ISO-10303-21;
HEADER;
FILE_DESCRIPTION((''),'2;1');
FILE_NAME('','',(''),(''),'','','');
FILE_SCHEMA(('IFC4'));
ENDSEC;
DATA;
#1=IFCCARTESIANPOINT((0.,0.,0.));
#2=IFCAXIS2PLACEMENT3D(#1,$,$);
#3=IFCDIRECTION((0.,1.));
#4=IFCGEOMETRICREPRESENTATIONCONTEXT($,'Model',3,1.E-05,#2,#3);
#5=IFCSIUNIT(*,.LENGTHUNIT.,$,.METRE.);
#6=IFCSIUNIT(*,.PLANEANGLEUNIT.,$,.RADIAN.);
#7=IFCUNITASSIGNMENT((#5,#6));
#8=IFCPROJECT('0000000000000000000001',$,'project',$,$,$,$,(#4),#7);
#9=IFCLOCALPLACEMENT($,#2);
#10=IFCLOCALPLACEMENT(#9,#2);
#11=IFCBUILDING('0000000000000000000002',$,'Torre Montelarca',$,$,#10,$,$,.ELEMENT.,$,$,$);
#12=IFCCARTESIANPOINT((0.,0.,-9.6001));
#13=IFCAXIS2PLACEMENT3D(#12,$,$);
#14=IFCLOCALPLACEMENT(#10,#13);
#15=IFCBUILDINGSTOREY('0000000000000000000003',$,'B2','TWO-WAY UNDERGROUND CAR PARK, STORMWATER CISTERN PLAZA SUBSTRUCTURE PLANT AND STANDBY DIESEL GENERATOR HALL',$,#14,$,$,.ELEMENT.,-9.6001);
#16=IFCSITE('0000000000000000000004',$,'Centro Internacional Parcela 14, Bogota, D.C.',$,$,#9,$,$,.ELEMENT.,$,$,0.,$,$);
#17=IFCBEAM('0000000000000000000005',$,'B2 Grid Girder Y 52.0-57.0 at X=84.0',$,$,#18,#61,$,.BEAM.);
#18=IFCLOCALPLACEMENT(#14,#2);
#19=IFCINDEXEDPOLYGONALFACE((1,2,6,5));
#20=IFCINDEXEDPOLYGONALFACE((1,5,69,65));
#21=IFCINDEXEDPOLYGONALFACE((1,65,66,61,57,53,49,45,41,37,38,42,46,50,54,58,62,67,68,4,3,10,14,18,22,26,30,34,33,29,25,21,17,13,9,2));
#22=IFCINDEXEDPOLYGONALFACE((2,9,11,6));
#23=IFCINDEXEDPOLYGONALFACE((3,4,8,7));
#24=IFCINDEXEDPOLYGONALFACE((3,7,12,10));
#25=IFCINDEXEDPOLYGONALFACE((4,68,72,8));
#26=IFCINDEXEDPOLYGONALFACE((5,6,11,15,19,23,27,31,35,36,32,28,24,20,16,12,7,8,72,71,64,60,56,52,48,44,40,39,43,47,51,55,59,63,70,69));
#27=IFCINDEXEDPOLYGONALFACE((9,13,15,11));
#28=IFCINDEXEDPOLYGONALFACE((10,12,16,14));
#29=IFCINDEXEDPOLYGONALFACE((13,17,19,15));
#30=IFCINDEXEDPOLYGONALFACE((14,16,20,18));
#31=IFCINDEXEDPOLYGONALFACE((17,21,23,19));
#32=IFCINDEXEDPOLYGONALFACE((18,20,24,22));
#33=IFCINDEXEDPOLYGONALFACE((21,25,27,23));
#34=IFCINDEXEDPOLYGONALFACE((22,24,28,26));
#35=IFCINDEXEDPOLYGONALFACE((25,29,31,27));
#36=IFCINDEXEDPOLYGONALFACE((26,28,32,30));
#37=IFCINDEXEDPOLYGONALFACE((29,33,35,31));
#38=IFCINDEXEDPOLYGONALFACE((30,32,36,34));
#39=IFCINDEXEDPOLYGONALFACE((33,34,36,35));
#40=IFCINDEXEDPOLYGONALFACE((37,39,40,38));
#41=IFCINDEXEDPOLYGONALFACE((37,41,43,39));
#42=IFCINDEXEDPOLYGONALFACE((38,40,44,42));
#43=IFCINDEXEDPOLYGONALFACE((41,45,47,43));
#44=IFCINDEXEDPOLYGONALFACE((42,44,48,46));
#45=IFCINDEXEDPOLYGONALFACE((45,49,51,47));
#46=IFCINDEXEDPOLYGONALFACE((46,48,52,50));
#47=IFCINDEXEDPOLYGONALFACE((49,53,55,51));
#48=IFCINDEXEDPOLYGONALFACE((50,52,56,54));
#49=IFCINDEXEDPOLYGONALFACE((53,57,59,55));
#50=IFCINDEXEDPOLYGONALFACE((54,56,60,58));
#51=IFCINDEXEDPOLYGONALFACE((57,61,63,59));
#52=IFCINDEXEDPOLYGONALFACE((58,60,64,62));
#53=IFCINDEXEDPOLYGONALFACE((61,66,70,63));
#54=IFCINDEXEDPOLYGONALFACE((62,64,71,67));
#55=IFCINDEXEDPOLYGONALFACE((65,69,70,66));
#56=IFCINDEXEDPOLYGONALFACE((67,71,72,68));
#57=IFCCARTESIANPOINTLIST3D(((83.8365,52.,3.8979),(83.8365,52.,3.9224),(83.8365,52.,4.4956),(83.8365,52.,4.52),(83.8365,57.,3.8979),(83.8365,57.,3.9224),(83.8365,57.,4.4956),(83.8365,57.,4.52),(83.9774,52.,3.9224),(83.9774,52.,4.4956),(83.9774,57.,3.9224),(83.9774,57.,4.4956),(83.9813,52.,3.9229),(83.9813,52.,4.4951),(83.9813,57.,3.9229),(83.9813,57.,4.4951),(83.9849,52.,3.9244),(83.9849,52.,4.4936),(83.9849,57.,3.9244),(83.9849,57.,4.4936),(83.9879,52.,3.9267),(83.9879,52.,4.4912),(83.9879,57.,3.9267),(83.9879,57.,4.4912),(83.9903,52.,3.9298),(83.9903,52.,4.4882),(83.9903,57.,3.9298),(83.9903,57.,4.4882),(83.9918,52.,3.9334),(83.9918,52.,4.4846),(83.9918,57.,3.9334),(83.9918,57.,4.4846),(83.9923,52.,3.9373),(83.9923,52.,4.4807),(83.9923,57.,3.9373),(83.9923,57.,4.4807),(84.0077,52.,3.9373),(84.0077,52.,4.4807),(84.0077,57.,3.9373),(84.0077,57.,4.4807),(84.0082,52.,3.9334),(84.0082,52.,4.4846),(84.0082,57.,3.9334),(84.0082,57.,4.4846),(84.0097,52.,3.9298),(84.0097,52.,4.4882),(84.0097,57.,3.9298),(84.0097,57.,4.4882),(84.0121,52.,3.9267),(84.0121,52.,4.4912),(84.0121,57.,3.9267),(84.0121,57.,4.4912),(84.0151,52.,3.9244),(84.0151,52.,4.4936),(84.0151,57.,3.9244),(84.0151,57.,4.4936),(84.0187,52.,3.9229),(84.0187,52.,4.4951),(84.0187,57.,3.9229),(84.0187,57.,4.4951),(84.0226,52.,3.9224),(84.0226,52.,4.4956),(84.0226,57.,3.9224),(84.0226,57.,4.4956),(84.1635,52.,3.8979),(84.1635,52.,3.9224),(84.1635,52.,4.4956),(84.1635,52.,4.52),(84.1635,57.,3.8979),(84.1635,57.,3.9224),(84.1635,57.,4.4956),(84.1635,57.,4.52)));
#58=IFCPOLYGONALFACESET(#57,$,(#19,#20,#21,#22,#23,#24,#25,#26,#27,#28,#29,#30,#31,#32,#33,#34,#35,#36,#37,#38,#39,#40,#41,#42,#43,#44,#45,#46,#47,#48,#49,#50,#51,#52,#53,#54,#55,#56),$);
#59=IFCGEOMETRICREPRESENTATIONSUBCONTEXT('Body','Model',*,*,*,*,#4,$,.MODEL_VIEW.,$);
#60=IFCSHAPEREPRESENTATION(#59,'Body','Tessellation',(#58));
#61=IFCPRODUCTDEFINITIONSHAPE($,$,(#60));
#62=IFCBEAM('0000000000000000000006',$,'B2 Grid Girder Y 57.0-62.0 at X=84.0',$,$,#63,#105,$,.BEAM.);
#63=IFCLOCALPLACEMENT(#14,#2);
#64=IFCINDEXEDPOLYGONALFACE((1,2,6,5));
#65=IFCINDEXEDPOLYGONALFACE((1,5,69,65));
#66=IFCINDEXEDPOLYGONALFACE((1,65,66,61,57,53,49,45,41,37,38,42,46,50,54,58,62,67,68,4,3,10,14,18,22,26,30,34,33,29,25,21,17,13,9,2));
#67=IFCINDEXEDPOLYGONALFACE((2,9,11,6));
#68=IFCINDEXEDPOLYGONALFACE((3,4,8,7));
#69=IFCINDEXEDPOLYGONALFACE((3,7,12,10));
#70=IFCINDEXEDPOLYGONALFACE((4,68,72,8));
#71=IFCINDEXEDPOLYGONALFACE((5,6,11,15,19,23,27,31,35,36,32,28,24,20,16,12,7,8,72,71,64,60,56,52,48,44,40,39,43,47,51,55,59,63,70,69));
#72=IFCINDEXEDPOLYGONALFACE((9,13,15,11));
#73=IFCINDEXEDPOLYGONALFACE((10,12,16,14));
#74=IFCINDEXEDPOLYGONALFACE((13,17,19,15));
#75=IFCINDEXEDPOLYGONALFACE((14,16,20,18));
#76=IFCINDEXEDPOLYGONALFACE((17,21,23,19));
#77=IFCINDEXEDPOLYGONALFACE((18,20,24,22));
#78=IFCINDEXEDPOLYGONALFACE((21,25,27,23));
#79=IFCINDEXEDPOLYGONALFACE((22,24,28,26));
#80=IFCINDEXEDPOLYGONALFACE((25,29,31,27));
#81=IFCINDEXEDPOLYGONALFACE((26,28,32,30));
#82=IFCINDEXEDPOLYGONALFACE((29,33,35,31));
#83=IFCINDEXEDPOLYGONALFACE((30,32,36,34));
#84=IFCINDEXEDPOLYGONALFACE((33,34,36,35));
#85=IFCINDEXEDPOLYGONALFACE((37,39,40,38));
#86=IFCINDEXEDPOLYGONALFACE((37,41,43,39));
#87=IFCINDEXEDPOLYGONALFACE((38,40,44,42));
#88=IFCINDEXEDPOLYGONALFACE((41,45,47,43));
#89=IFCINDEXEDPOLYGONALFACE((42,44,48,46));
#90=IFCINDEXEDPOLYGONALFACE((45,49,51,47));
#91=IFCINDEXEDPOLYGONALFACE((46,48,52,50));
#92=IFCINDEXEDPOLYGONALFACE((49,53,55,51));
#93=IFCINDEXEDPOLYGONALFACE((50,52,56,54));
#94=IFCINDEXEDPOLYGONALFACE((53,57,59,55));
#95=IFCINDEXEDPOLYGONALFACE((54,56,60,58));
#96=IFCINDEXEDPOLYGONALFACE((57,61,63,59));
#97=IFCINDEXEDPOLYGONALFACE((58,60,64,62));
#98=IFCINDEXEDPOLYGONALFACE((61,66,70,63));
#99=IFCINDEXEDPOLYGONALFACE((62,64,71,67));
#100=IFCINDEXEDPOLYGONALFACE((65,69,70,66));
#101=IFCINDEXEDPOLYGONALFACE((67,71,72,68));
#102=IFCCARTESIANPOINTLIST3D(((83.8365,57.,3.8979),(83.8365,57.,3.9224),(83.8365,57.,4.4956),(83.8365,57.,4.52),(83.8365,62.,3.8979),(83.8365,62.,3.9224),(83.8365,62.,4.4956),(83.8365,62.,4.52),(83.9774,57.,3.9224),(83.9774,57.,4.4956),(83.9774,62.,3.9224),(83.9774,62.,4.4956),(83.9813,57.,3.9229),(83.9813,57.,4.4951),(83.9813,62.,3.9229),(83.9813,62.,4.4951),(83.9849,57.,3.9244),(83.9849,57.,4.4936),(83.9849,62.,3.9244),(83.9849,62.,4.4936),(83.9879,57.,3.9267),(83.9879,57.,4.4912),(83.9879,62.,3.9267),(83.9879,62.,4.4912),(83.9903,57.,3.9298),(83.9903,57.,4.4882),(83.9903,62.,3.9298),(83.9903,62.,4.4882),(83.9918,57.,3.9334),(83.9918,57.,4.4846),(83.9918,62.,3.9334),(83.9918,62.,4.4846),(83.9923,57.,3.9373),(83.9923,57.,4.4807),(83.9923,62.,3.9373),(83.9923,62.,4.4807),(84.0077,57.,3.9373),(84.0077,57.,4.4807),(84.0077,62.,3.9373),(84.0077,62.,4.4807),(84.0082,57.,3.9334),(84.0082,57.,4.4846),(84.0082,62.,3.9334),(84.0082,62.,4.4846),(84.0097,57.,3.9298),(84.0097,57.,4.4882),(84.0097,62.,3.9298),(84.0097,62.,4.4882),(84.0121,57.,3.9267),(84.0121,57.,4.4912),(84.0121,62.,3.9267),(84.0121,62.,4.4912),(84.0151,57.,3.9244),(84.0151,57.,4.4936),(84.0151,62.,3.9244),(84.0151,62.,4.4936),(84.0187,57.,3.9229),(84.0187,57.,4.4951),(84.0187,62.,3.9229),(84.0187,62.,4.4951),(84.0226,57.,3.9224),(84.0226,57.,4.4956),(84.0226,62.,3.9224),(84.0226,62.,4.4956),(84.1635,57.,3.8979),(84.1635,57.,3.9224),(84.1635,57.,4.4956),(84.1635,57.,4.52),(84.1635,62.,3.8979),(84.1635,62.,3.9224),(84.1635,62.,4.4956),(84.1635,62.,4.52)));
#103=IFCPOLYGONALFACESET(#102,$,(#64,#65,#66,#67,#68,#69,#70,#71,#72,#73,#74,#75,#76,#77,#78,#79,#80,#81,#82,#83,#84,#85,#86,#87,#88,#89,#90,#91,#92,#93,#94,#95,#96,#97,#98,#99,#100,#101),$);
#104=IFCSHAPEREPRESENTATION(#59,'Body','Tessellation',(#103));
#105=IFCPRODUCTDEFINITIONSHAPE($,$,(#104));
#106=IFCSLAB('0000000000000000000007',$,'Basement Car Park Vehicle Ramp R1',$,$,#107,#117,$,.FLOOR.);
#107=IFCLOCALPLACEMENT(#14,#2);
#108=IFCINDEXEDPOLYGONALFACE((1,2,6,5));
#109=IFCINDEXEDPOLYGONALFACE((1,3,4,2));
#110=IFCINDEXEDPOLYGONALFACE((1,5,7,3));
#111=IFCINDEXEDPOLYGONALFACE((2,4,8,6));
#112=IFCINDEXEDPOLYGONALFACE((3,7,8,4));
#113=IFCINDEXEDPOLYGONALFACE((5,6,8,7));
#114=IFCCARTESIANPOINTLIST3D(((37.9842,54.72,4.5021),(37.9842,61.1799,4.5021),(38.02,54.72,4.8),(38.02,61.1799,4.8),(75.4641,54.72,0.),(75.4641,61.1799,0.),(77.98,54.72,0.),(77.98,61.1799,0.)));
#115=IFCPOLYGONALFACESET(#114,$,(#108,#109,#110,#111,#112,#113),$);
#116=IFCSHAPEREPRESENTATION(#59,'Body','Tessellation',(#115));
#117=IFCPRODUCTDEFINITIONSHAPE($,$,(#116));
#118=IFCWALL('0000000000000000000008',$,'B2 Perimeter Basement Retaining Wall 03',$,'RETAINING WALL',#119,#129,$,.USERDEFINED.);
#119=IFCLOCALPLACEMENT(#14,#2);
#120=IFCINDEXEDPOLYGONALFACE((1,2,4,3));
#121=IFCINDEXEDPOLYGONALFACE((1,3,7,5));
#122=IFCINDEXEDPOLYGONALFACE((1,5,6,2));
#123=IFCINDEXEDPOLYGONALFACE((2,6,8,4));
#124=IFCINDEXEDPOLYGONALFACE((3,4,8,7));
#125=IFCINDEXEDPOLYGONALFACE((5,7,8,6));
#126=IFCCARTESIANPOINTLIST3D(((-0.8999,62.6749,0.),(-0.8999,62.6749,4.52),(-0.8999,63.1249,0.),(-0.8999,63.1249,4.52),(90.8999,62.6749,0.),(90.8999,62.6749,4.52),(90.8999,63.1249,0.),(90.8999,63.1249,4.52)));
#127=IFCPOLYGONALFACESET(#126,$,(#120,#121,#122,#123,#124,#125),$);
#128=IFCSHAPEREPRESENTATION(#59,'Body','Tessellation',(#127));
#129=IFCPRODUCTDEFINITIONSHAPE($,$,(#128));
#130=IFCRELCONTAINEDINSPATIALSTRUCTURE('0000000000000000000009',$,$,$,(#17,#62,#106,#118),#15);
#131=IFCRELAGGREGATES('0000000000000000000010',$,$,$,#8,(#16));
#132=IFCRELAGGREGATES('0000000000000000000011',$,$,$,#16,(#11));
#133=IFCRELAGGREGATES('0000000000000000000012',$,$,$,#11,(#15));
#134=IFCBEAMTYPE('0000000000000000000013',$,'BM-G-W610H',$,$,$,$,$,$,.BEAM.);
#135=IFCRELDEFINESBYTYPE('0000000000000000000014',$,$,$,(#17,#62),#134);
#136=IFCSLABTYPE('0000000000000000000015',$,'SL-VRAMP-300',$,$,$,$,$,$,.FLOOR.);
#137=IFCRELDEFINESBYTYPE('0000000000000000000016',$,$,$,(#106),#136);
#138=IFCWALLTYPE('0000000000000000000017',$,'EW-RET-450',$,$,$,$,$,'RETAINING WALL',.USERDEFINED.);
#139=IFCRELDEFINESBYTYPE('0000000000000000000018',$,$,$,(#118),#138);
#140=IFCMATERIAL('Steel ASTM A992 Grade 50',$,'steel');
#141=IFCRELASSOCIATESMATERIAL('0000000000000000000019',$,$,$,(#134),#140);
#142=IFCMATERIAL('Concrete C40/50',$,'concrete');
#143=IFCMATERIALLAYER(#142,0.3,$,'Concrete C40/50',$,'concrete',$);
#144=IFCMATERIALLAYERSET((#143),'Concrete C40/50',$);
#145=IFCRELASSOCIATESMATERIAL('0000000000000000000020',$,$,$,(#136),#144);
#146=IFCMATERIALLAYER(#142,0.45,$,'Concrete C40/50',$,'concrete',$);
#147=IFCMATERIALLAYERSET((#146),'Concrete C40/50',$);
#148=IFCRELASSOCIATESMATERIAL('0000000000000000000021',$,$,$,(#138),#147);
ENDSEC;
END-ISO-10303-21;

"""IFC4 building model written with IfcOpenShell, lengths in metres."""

from ifc_helpers import new_model, si_unit, direction, frame, frame_2d, origin, origin_2d, place, context, subcontext, project, spatial, polyline, rectangle, i_section, outline, extrude, clip, halfspace, source, transform, mapped, material, layer, layer_set, material_profile, profile_set, type_object, element, save


model = new_model("IFC4")

# Units and contexts
model_context = context("Model", 3, precision=1e-05, world=origin(), true_north=direction((0.0, 1.0)))
body_context = subcontext(model_context, "Body", "Model", "MODEL_VIEW")
ifc_project = project(units=[si_unit("LENGTHUNIT", "METRE"), si_unit("PLANEANGLEUNIT", "RADIAN")], contexts=[model_context])

# Site, building, storey
site_placement = place(None, origin())
site = spatial("IfcSite", under=ifc_project, at=site_placement, Name="Centro Internacional Parcela 14, Bogota, D.C.", CompositionType="ELEMENT", RefElevation=0.0)
building_placement = place(site_placement, origin())
building = spatial("IfcBuilding", under=site, at=building_placement, Name="Torre Montelarca", CompositionType="ELEMENT")
storey_placement = place(building_placement, frame((0.0, 0.0, -9.6001)))
storey = spatial("IfcBuildingStorey", under=building, at=storey_placement, Name="B2", Description="TWO-WAY UNDERGROUND CAR PARK, STORMWATER CISTERN PLAZA SUBSTRUCTURE PLANT AND STANDBY DIESEL GENERATOR HALL", CompositionType="ELEMENT", Elevation=-9.6001)

# Shared definitions
ifc_material_1 = material(Name="Concrete C40/50", Category="concrete")

# Beams
ifc_material_2 = material(Name="Steel ASTM A992 Grade 50", Category="steel")
ifc_material_profile_1 = material_profile(ifc_material_2, i_section(OverallWidth=0.3269, OverallDepth=0.6221, WebThickness=0.0154, FlangeThickness=0.0244, FilletRadius=0.0149, at=origin_2d()), Name="W610X195", Category="steel")
ifc_profile_set_1 = profile_set([ifc_material_profile_1], Name="Steel ASTM A992 Grade 50")
beam_type_1 = type_object("IfcBeamType", Name="BM-G-W610H", PredefinedType="BEAM", material=ifc_profile_set_1)
shared_shape_1 = source(origin(), body_context, "Body", "SweptSolid", [
    extrude(i_section(OverallWidth=0.3269, OverallDepth=0.6221, WebThickness=0.0154, FlangeThickness=0.0244, FilletRadius=0.0149, at=origin_2d()), origin(), (0.0, 0.0, 1.0), 5.0),
])
for number, where, z_axis, x_axis, name in (
    (1, (84.0, 52.0, 4.209), (0.0, 1.0, 0.0), (-1.0, 0.0, 0.0), "B2 Grid Girder Y 52.0-57.0 at X=84.0"),
    (2, (84.0, 57.0, 4.209), (0.0, 1.0, 0.0), (-1.0, 0.0, 0.0), "B2 Grid Girder Y 57.0-62.0 at X=84.0"),
):
    element("IfcBeam", number, at=place(storey_placement, frame(where, z_axis=z_axis, x_axis=x_axis)), inside=storey, type_object=beam_type_1, Name=name, PredefinedType="BEAM", context=body_context, shape_type="MappedRepresentation", body=[
        mapped(shared_shape_1, transform((0.0, 0.0, 0.0), scale=1.0)),
    ])

# Slab
ifc_layer_1 = layer(ifc_material_1, 0.3, Name="Concrete C40/50", Category="concrete")
ifc_layer_set_1 = layer_set([ifc_layer_1], Name="Concrete C40/50")
slab_type = type_object("IfcSlabType", Name="SL-VRAMP-300", PredefinedType="FLOOR", material=ifc_layer_set_1)
slab_placement = place(storey_placement, frame((77.98, 54.72, 0.0), z_axis=(0.119264, 0.0, 0.992863), x_axis=(-0.992863, 0.0, 0.119264)))
element("IfcSlab", 3, at=slab_placement, inside=storey, type_object=slab_type, Name="Basement Car Park Vehicle Ramp R1", PredefinedType="FLOOR", context=body_context, shape_type="Clipping", body=[
    clip(extrude(outline(polyline([(0.0, 0.0), (40.2472, 0.0), (40.2472, -6.46), (0.0, -6.46), (0.0, 0.0)])), origin(), (0.0, 0.0, -1.0), 0.3), halfspace(frame((0.0, 0.0, 0.0), z_axis=(-0.119264, 0.0, -0.992863), x_axis=(-0.992863, 0.0, 0.119264)), False)),
])

# Wall
ifc_layer_2 = layer(ifc_material_1, 0.45, Name="Concrete C40/50", Category="concrete")
ifc_layer_set_2 = layer_set([ifc_layer_2], Name="Concrete C40/50")
wall_type = type_object("IfcWallType", Name="EW-RET-450", ElementType="RETAINING WALL", PredefinedType="USERDEFINED", material=ifc_layer_set_2)
wall_placement = place(storey_placement, frame((90.8999, 62.8999, 0.0), z_axis=(0.0, 0.0, 1.0), x_axis=(-1.0, 0.0, 0.0)))
element("IfcWall", 4, at=wall_placement, inside=storey, type_object=wall_type, Name="B2 Perimeter Basement Retaining Wall 03", ObjectType="RETAINING WALL", PredefinedType="USERDEFINED", context=body_context, shape_type="SweptSolid", body=[
    extrude(rectangle(XDim=91.7998, YDim=0.45, at=frame_2d((45.8999, 0.0))), origin(), (0.0, 0.0, 1.0), 4.52),
])

save(model, "model.ifc")
